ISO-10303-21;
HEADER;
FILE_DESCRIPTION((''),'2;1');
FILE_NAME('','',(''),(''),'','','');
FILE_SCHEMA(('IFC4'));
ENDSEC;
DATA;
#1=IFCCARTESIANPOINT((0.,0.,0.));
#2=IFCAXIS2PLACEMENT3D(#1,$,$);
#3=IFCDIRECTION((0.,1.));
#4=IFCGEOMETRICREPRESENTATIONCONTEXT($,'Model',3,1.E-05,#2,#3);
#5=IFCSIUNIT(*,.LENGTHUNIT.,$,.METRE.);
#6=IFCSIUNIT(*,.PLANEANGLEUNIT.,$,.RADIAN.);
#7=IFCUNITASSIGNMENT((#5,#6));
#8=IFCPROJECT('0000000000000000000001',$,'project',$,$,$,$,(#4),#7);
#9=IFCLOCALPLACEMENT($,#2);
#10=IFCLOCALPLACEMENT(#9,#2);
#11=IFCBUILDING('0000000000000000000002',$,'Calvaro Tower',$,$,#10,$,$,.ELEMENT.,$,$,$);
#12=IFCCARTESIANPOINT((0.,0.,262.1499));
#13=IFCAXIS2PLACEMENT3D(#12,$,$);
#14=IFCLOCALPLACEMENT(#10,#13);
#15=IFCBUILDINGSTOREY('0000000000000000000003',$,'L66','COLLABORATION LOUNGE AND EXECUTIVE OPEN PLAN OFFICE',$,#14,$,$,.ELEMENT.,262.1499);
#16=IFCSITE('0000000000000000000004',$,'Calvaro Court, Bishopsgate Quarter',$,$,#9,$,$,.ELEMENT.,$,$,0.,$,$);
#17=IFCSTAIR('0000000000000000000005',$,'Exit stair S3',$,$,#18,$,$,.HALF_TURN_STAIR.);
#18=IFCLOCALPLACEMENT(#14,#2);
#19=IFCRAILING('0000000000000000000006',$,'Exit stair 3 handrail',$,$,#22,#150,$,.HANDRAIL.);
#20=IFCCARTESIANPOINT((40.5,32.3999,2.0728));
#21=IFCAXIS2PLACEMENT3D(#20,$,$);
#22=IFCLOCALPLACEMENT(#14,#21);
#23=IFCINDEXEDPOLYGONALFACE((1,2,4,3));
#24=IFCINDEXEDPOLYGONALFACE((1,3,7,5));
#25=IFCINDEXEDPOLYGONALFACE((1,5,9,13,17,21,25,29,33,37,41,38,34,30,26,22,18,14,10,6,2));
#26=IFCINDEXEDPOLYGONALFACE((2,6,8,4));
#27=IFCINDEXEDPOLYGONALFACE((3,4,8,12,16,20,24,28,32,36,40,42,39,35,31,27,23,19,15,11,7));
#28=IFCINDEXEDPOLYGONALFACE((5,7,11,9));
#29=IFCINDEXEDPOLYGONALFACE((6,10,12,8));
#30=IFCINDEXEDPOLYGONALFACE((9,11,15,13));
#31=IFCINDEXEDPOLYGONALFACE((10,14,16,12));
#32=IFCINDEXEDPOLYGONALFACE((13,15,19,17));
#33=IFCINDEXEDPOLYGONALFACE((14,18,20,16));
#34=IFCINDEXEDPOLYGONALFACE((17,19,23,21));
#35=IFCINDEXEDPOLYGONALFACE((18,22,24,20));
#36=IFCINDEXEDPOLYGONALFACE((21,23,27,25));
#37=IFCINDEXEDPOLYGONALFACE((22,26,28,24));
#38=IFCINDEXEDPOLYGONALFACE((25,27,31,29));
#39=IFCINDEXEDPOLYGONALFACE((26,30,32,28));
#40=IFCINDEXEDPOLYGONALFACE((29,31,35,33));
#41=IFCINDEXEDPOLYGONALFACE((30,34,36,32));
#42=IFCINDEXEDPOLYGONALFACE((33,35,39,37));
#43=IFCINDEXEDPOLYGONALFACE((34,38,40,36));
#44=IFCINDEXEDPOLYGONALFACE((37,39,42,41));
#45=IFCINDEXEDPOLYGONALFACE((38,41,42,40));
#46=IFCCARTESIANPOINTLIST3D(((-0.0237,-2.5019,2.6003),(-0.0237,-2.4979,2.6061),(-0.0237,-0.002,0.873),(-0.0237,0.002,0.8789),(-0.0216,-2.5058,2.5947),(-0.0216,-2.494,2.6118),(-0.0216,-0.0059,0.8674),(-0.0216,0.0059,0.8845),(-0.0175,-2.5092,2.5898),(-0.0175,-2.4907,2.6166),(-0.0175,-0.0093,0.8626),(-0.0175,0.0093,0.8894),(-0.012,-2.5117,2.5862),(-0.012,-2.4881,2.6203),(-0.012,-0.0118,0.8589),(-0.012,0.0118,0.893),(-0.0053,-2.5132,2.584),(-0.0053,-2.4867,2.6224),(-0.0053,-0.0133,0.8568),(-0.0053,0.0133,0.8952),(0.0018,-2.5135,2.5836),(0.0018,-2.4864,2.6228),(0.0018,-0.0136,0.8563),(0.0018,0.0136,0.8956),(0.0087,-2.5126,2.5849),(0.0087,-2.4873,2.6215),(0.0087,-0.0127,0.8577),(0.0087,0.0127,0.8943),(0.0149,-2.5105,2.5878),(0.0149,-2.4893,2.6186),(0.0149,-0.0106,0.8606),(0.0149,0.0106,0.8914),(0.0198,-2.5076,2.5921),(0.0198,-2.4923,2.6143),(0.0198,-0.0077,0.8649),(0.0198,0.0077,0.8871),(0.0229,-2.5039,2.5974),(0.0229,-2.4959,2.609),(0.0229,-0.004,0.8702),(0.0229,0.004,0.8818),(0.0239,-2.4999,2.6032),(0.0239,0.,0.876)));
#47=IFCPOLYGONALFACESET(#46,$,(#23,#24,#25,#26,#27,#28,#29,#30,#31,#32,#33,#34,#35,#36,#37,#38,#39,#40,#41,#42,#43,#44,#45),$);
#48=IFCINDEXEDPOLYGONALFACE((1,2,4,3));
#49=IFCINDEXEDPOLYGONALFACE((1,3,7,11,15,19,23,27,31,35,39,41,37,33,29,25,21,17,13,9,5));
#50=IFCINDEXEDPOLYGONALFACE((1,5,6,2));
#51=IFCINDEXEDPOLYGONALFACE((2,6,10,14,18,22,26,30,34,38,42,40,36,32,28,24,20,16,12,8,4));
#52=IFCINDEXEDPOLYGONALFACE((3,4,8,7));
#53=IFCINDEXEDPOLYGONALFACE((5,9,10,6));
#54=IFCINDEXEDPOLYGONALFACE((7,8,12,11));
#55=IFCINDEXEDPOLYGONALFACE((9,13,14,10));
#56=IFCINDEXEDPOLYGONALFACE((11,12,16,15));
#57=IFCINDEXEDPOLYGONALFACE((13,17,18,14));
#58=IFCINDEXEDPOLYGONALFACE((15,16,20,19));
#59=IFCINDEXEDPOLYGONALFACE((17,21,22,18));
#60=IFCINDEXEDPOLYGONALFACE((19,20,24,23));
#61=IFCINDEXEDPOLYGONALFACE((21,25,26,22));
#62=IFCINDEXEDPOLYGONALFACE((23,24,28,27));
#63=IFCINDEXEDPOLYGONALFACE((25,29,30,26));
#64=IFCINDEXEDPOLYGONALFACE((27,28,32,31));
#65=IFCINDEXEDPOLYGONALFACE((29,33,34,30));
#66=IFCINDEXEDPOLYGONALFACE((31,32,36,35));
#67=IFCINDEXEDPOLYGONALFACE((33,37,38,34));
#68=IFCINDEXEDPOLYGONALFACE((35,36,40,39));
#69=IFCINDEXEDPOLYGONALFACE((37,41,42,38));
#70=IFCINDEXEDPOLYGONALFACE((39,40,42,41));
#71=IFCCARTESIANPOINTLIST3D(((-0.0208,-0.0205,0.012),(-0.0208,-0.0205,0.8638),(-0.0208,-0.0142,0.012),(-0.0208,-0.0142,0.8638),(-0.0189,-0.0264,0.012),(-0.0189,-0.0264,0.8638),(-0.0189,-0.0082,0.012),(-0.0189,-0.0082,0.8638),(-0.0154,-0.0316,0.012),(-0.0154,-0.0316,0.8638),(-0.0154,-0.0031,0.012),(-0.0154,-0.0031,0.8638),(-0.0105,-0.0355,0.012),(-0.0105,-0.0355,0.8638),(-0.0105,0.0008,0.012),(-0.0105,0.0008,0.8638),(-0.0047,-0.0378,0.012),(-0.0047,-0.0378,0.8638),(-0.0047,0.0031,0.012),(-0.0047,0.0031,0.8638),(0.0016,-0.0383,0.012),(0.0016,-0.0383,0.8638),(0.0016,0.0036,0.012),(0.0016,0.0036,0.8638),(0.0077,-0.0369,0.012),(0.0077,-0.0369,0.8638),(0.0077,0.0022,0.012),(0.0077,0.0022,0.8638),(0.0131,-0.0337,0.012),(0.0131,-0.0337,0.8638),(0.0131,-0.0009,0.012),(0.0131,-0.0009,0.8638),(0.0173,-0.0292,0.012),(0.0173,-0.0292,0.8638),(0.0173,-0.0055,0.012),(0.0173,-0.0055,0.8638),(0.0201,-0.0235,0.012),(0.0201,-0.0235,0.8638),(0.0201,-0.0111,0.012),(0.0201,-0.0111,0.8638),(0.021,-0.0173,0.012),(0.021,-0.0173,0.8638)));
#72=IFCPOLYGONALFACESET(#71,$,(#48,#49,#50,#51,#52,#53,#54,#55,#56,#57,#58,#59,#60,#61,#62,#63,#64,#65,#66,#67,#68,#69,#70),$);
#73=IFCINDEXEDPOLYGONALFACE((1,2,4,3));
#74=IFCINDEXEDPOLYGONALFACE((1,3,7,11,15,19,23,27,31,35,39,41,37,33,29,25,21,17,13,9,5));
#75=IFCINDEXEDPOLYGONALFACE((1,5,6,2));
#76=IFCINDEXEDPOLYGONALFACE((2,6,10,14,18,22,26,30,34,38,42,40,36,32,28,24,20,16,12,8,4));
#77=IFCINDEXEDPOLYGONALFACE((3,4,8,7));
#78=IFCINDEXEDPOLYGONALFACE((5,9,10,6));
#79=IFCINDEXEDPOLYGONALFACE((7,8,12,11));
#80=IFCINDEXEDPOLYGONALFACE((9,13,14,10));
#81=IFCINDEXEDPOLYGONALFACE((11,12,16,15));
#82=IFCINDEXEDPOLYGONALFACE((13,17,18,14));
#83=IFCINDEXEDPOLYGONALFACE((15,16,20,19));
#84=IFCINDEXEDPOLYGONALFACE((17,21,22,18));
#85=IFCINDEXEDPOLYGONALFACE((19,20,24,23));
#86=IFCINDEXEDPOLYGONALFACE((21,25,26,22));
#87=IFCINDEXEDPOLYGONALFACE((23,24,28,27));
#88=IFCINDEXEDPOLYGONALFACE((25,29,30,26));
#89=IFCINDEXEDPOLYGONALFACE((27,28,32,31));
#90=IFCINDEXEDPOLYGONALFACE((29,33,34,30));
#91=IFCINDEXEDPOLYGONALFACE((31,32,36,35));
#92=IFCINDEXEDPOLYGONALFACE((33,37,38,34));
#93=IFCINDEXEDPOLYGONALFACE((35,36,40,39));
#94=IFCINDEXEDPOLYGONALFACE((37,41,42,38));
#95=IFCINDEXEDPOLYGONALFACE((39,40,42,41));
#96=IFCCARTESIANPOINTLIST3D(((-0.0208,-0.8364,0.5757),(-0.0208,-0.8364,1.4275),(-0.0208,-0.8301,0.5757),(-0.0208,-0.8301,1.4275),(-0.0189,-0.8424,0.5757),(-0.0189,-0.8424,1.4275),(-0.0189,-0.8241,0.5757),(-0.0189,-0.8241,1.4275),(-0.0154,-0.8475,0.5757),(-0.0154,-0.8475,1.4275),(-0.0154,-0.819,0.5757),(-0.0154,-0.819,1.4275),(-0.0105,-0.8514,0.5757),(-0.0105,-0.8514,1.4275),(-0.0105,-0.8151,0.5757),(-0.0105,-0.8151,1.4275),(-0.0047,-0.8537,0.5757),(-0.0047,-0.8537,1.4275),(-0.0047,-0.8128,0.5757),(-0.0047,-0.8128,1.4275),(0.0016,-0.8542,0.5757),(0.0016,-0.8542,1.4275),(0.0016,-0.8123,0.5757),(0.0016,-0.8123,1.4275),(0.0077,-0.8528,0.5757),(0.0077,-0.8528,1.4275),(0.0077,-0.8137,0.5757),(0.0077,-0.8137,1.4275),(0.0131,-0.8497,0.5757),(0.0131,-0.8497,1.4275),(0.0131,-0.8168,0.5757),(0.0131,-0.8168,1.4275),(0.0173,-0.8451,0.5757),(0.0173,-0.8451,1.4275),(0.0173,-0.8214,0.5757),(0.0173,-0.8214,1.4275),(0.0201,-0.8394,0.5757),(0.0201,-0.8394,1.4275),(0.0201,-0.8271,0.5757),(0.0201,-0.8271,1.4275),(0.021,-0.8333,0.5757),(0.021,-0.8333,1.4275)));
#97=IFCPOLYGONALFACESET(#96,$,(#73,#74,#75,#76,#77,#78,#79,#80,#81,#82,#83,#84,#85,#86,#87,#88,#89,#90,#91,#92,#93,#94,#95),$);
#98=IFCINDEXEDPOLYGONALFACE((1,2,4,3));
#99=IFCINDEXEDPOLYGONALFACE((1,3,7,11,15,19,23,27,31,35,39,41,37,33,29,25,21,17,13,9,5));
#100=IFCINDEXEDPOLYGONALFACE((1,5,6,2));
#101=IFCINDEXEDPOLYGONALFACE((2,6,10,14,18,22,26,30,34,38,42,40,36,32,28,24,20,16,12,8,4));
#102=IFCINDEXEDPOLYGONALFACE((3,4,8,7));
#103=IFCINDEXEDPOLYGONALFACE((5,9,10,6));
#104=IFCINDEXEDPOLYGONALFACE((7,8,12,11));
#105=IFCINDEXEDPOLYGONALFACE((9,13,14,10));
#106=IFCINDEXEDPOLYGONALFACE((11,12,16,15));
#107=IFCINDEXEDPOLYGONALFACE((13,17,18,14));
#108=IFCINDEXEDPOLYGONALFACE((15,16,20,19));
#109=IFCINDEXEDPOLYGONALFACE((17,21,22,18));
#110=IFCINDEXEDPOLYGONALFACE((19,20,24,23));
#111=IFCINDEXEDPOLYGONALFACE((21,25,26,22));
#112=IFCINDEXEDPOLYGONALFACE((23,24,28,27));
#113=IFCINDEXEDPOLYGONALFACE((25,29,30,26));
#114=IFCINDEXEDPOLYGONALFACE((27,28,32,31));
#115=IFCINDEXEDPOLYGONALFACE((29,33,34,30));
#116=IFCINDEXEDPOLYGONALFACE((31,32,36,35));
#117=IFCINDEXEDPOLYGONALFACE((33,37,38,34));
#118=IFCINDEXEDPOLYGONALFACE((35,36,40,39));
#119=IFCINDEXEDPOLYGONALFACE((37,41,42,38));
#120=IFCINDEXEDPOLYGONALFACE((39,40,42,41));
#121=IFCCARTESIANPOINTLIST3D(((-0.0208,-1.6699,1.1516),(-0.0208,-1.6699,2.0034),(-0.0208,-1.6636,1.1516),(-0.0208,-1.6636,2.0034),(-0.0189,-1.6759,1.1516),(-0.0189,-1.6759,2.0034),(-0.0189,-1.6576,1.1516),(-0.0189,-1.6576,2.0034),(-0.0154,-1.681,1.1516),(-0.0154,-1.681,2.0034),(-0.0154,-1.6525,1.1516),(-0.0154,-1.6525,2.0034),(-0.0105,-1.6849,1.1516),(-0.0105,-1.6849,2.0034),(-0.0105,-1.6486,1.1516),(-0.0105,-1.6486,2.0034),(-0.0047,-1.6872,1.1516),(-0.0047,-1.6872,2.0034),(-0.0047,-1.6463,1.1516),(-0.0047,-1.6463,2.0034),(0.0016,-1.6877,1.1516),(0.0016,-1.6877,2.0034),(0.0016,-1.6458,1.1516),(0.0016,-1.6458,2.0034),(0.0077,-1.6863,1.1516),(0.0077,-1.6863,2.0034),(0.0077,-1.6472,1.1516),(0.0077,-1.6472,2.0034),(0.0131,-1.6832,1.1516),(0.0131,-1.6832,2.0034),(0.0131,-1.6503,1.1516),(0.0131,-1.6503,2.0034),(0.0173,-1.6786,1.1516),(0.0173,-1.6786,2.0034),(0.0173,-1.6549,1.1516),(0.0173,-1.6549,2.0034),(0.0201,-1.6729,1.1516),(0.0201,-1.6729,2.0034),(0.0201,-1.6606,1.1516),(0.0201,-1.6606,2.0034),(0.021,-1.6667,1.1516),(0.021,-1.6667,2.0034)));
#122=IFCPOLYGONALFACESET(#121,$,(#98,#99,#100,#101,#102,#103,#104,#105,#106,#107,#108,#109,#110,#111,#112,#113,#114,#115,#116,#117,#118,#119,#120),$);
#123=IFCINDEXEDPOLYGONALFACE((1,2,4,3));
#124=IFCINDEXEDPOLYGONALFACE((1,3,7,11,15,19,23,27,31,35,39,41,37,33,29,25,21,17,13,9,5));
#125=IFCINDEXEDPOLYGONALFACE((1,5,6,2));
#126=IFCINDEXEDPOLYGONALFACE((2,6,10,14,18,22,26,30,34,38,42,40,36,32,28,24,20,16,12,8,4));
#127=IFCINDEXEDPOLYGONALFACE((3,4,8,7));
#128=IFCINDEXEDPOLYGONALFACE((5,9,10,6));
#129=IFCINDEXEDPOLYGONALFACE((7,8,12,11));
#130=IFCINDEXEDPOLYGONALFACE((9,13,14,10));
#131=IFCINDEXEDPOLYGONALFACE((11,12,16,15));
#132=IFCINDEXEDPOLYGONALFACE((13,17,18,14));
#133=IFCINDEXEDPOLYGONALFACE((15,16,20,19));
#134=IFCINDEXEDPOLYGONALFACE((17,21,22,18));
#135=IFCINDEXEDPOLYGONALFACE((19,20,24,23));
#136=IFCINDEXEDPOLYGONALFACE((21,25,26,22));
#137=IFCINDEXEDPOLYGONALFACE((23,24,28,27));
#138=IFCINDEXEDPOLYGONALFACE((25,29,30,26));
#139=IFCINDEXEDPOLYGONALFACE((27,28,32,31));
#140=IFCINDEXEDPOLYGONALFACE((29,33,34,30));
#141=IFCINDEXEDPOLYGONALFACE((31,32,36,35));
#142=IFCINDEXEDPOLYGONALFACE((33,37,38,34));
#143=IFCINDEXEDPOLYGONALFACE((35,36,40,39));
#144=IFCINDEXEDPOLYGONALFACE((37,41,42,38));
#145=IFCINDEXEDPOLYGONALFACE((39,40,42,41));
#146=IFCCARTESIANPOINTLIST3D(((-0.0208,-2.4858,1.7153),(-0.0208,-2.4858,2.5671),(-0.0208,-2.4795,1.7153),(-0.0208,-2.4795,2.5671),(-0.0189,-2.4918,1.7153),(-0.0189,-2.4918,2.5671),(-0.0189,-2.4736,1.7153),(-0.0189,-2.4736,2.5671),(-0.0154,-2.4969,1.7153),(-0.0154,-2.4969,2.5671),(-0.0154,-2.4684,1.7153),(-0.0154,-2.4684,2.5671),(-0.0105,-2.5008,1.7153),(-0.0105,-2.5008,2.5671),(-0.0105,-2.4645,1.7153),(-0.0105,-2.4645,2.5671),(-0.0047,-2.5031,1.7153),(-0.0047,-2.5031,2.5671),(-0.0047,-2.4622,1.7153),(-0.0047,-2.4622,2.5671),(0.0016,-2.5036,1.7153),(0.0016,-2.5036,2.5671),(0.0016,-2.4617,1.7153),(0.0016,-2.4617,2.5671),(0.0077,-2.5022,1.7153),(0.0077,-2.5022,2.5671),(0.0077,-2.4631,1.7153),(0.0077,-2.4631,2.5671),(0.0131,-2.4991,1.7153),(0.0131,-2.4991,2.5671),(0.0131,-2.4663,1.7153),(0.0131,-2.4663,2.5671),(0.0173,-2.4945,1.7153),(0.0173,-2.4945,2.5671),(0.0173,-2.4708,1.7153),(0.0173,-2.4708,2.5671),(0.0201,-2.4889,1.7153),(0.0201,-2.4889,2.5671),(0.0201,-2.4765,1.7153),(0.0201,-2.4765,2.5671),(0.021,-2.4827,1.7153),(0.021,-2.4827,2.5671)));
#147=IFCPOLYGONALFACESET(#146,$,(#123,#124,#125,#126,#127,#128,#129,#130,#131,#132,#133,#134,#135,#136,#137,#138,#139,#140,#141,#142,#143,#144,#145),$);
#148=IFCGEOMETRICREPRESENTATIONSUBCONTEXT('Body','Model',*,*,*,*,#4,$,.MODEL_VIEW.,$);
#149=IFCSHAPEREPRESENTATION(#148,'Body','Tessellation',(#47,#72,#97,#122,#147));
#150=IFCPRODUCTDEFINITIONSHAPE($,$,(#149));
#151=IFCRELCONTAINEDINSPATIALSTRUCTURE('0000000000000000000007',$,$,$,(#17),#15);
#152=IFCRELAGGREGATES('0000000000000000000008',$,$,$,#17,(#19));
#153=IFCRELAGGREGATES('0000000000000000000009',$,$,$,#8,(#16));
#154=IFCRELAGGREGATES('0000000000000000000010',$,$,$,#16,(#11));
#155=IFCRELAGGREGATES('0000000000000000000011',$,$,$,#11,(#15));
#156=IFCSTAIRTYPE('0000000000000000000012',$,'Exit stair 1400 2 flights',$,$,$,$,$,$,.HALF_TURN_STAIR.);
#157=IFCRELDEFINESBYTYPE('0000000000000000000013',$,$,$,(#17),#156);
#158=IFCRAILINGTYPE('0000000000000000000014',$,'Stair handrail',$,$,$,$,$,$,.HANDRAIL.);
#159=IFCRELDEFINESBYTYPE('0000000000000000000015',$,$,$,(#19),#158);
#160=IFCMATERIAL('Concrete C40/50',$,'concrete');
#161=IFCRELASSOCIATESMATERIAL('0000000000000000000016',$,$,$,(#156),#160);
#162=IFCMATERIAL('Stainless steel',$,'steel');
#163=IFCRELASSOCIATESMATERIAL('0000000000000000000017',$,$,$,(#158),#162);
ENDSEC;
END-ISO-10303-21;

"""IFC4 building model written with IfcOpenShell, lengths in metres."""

from ifc_helpers import new_model, si_unit, direction, frame, origin, origin_2d, place, context, subcontext, project, spatial, circle, extrude, material, type_object, element, aggregate, save


model = new_model("IFC4")

# Units and contexts
model_context = context("Model", 3, precision=1e-05, world=origin(), true_north=direction((0.0, 1.0)))
body_context = subcontext(model_context, "Body", "Model", "MODEL_VIEW")
ifc_project = project(units=[si_unit("LENGTHUNIT", "METRE"), si_unit("PLANEANGLEUNIT", "RADIAN")], contexts=[model_context])

# Site, building, storey
site_placement = place(None, origin())
site = spatial("IfcSite", under=ifc_project, at=site_placement, Name="Calvaro Court, Bishopsgate Quarter", CompositionType="ELEMENT", RefElevation=0.0)
building_placement = place(site_placement, origin())
building = spatial("IfcBuilding", under=site, at=building_placement, Name="Calvaro Tower", CompositionType="ELEMENT")
storey_placement = place(building_placement, frame((0.0, 0.0, 262.1499)))
storey = spatial("IfcBuildingStorey", under=building, at=storey_placement, Name="L66", Description="COLLABORATION LOUNGE AND EXECUTIVE OPEN PLAN OFFICE", CompositionType="ELEMENT", Elevation=262.1499)

# Stair
ifc_material_1 = material(Name="Concrete C40/50", Category="concrete")
stair_type = type_object("IfcStairType", Name="Exit stair 1400 2 flights", PredefinedType="HALF_TURN_STAIR", material=ifc_material_1)
stair_1_placement = place(storey_placement, origin())
stair_1 = element("IfcStair", 1, at=stair_1_placement, inside=storey, type_object=stair_type, Name="Exit stair S3", PredefinedType="HALF_TURN_STAIR")

# Railing
ifc_material_2 = material(Name="Stainless steel", Category="steel")
railing_type = type_object("IfcRailingType", Name="Stair handrail", PredefinedType="HANDRAIL", material=ifc_material_2)
railing_1_placement = place(storey_placement, frame((40.5, 32.3999, 2.0728)))
railing_1 = element("IfcRailing", 2, at=railing_1_placement, type_object=railing_type, Name="Exit stair 3 handrail", PredefinedType="HANDRAIL", context=body_context, shape_type="SweptSolid", body=[
    extrude(circle(Radius=0.0239, at=origin_2d()), frame((0.0, 0.0, 0.876), z_axis=(0.0, -0.822727, 0.568437), x_axis=(1.0, 0.0, 0.0)), (0.0, 0.0, 1.0), 3.0386),
    extrude(circle(Radius=0.021, at=origin_2d()), frame((0.0, -0.0173, 0.012)), (0.0, 0.0, 1.0), 0.8518),
    extrude(circle(Radius=0.021, at=origin_2d()), frame((0.0, -0.8333, 0.5757)), (0.0, 0.0, 1.0), 0.8518),
    extrude(circle(Radius=0.021, at=origin_2d()), frame((0.0, -1.6667, 1.1516)), (0.0, 0.0, 1.0), 0.8518),
    extrude(circle(Radius=0.021, at=origin_2d()), frame((0.0, -2.4827, 1.7153)), (0.0, 0.0, 1.0), 0.8518),
])
aggregate(stair_1, [railing_1])

save(model, "model.ifc")
